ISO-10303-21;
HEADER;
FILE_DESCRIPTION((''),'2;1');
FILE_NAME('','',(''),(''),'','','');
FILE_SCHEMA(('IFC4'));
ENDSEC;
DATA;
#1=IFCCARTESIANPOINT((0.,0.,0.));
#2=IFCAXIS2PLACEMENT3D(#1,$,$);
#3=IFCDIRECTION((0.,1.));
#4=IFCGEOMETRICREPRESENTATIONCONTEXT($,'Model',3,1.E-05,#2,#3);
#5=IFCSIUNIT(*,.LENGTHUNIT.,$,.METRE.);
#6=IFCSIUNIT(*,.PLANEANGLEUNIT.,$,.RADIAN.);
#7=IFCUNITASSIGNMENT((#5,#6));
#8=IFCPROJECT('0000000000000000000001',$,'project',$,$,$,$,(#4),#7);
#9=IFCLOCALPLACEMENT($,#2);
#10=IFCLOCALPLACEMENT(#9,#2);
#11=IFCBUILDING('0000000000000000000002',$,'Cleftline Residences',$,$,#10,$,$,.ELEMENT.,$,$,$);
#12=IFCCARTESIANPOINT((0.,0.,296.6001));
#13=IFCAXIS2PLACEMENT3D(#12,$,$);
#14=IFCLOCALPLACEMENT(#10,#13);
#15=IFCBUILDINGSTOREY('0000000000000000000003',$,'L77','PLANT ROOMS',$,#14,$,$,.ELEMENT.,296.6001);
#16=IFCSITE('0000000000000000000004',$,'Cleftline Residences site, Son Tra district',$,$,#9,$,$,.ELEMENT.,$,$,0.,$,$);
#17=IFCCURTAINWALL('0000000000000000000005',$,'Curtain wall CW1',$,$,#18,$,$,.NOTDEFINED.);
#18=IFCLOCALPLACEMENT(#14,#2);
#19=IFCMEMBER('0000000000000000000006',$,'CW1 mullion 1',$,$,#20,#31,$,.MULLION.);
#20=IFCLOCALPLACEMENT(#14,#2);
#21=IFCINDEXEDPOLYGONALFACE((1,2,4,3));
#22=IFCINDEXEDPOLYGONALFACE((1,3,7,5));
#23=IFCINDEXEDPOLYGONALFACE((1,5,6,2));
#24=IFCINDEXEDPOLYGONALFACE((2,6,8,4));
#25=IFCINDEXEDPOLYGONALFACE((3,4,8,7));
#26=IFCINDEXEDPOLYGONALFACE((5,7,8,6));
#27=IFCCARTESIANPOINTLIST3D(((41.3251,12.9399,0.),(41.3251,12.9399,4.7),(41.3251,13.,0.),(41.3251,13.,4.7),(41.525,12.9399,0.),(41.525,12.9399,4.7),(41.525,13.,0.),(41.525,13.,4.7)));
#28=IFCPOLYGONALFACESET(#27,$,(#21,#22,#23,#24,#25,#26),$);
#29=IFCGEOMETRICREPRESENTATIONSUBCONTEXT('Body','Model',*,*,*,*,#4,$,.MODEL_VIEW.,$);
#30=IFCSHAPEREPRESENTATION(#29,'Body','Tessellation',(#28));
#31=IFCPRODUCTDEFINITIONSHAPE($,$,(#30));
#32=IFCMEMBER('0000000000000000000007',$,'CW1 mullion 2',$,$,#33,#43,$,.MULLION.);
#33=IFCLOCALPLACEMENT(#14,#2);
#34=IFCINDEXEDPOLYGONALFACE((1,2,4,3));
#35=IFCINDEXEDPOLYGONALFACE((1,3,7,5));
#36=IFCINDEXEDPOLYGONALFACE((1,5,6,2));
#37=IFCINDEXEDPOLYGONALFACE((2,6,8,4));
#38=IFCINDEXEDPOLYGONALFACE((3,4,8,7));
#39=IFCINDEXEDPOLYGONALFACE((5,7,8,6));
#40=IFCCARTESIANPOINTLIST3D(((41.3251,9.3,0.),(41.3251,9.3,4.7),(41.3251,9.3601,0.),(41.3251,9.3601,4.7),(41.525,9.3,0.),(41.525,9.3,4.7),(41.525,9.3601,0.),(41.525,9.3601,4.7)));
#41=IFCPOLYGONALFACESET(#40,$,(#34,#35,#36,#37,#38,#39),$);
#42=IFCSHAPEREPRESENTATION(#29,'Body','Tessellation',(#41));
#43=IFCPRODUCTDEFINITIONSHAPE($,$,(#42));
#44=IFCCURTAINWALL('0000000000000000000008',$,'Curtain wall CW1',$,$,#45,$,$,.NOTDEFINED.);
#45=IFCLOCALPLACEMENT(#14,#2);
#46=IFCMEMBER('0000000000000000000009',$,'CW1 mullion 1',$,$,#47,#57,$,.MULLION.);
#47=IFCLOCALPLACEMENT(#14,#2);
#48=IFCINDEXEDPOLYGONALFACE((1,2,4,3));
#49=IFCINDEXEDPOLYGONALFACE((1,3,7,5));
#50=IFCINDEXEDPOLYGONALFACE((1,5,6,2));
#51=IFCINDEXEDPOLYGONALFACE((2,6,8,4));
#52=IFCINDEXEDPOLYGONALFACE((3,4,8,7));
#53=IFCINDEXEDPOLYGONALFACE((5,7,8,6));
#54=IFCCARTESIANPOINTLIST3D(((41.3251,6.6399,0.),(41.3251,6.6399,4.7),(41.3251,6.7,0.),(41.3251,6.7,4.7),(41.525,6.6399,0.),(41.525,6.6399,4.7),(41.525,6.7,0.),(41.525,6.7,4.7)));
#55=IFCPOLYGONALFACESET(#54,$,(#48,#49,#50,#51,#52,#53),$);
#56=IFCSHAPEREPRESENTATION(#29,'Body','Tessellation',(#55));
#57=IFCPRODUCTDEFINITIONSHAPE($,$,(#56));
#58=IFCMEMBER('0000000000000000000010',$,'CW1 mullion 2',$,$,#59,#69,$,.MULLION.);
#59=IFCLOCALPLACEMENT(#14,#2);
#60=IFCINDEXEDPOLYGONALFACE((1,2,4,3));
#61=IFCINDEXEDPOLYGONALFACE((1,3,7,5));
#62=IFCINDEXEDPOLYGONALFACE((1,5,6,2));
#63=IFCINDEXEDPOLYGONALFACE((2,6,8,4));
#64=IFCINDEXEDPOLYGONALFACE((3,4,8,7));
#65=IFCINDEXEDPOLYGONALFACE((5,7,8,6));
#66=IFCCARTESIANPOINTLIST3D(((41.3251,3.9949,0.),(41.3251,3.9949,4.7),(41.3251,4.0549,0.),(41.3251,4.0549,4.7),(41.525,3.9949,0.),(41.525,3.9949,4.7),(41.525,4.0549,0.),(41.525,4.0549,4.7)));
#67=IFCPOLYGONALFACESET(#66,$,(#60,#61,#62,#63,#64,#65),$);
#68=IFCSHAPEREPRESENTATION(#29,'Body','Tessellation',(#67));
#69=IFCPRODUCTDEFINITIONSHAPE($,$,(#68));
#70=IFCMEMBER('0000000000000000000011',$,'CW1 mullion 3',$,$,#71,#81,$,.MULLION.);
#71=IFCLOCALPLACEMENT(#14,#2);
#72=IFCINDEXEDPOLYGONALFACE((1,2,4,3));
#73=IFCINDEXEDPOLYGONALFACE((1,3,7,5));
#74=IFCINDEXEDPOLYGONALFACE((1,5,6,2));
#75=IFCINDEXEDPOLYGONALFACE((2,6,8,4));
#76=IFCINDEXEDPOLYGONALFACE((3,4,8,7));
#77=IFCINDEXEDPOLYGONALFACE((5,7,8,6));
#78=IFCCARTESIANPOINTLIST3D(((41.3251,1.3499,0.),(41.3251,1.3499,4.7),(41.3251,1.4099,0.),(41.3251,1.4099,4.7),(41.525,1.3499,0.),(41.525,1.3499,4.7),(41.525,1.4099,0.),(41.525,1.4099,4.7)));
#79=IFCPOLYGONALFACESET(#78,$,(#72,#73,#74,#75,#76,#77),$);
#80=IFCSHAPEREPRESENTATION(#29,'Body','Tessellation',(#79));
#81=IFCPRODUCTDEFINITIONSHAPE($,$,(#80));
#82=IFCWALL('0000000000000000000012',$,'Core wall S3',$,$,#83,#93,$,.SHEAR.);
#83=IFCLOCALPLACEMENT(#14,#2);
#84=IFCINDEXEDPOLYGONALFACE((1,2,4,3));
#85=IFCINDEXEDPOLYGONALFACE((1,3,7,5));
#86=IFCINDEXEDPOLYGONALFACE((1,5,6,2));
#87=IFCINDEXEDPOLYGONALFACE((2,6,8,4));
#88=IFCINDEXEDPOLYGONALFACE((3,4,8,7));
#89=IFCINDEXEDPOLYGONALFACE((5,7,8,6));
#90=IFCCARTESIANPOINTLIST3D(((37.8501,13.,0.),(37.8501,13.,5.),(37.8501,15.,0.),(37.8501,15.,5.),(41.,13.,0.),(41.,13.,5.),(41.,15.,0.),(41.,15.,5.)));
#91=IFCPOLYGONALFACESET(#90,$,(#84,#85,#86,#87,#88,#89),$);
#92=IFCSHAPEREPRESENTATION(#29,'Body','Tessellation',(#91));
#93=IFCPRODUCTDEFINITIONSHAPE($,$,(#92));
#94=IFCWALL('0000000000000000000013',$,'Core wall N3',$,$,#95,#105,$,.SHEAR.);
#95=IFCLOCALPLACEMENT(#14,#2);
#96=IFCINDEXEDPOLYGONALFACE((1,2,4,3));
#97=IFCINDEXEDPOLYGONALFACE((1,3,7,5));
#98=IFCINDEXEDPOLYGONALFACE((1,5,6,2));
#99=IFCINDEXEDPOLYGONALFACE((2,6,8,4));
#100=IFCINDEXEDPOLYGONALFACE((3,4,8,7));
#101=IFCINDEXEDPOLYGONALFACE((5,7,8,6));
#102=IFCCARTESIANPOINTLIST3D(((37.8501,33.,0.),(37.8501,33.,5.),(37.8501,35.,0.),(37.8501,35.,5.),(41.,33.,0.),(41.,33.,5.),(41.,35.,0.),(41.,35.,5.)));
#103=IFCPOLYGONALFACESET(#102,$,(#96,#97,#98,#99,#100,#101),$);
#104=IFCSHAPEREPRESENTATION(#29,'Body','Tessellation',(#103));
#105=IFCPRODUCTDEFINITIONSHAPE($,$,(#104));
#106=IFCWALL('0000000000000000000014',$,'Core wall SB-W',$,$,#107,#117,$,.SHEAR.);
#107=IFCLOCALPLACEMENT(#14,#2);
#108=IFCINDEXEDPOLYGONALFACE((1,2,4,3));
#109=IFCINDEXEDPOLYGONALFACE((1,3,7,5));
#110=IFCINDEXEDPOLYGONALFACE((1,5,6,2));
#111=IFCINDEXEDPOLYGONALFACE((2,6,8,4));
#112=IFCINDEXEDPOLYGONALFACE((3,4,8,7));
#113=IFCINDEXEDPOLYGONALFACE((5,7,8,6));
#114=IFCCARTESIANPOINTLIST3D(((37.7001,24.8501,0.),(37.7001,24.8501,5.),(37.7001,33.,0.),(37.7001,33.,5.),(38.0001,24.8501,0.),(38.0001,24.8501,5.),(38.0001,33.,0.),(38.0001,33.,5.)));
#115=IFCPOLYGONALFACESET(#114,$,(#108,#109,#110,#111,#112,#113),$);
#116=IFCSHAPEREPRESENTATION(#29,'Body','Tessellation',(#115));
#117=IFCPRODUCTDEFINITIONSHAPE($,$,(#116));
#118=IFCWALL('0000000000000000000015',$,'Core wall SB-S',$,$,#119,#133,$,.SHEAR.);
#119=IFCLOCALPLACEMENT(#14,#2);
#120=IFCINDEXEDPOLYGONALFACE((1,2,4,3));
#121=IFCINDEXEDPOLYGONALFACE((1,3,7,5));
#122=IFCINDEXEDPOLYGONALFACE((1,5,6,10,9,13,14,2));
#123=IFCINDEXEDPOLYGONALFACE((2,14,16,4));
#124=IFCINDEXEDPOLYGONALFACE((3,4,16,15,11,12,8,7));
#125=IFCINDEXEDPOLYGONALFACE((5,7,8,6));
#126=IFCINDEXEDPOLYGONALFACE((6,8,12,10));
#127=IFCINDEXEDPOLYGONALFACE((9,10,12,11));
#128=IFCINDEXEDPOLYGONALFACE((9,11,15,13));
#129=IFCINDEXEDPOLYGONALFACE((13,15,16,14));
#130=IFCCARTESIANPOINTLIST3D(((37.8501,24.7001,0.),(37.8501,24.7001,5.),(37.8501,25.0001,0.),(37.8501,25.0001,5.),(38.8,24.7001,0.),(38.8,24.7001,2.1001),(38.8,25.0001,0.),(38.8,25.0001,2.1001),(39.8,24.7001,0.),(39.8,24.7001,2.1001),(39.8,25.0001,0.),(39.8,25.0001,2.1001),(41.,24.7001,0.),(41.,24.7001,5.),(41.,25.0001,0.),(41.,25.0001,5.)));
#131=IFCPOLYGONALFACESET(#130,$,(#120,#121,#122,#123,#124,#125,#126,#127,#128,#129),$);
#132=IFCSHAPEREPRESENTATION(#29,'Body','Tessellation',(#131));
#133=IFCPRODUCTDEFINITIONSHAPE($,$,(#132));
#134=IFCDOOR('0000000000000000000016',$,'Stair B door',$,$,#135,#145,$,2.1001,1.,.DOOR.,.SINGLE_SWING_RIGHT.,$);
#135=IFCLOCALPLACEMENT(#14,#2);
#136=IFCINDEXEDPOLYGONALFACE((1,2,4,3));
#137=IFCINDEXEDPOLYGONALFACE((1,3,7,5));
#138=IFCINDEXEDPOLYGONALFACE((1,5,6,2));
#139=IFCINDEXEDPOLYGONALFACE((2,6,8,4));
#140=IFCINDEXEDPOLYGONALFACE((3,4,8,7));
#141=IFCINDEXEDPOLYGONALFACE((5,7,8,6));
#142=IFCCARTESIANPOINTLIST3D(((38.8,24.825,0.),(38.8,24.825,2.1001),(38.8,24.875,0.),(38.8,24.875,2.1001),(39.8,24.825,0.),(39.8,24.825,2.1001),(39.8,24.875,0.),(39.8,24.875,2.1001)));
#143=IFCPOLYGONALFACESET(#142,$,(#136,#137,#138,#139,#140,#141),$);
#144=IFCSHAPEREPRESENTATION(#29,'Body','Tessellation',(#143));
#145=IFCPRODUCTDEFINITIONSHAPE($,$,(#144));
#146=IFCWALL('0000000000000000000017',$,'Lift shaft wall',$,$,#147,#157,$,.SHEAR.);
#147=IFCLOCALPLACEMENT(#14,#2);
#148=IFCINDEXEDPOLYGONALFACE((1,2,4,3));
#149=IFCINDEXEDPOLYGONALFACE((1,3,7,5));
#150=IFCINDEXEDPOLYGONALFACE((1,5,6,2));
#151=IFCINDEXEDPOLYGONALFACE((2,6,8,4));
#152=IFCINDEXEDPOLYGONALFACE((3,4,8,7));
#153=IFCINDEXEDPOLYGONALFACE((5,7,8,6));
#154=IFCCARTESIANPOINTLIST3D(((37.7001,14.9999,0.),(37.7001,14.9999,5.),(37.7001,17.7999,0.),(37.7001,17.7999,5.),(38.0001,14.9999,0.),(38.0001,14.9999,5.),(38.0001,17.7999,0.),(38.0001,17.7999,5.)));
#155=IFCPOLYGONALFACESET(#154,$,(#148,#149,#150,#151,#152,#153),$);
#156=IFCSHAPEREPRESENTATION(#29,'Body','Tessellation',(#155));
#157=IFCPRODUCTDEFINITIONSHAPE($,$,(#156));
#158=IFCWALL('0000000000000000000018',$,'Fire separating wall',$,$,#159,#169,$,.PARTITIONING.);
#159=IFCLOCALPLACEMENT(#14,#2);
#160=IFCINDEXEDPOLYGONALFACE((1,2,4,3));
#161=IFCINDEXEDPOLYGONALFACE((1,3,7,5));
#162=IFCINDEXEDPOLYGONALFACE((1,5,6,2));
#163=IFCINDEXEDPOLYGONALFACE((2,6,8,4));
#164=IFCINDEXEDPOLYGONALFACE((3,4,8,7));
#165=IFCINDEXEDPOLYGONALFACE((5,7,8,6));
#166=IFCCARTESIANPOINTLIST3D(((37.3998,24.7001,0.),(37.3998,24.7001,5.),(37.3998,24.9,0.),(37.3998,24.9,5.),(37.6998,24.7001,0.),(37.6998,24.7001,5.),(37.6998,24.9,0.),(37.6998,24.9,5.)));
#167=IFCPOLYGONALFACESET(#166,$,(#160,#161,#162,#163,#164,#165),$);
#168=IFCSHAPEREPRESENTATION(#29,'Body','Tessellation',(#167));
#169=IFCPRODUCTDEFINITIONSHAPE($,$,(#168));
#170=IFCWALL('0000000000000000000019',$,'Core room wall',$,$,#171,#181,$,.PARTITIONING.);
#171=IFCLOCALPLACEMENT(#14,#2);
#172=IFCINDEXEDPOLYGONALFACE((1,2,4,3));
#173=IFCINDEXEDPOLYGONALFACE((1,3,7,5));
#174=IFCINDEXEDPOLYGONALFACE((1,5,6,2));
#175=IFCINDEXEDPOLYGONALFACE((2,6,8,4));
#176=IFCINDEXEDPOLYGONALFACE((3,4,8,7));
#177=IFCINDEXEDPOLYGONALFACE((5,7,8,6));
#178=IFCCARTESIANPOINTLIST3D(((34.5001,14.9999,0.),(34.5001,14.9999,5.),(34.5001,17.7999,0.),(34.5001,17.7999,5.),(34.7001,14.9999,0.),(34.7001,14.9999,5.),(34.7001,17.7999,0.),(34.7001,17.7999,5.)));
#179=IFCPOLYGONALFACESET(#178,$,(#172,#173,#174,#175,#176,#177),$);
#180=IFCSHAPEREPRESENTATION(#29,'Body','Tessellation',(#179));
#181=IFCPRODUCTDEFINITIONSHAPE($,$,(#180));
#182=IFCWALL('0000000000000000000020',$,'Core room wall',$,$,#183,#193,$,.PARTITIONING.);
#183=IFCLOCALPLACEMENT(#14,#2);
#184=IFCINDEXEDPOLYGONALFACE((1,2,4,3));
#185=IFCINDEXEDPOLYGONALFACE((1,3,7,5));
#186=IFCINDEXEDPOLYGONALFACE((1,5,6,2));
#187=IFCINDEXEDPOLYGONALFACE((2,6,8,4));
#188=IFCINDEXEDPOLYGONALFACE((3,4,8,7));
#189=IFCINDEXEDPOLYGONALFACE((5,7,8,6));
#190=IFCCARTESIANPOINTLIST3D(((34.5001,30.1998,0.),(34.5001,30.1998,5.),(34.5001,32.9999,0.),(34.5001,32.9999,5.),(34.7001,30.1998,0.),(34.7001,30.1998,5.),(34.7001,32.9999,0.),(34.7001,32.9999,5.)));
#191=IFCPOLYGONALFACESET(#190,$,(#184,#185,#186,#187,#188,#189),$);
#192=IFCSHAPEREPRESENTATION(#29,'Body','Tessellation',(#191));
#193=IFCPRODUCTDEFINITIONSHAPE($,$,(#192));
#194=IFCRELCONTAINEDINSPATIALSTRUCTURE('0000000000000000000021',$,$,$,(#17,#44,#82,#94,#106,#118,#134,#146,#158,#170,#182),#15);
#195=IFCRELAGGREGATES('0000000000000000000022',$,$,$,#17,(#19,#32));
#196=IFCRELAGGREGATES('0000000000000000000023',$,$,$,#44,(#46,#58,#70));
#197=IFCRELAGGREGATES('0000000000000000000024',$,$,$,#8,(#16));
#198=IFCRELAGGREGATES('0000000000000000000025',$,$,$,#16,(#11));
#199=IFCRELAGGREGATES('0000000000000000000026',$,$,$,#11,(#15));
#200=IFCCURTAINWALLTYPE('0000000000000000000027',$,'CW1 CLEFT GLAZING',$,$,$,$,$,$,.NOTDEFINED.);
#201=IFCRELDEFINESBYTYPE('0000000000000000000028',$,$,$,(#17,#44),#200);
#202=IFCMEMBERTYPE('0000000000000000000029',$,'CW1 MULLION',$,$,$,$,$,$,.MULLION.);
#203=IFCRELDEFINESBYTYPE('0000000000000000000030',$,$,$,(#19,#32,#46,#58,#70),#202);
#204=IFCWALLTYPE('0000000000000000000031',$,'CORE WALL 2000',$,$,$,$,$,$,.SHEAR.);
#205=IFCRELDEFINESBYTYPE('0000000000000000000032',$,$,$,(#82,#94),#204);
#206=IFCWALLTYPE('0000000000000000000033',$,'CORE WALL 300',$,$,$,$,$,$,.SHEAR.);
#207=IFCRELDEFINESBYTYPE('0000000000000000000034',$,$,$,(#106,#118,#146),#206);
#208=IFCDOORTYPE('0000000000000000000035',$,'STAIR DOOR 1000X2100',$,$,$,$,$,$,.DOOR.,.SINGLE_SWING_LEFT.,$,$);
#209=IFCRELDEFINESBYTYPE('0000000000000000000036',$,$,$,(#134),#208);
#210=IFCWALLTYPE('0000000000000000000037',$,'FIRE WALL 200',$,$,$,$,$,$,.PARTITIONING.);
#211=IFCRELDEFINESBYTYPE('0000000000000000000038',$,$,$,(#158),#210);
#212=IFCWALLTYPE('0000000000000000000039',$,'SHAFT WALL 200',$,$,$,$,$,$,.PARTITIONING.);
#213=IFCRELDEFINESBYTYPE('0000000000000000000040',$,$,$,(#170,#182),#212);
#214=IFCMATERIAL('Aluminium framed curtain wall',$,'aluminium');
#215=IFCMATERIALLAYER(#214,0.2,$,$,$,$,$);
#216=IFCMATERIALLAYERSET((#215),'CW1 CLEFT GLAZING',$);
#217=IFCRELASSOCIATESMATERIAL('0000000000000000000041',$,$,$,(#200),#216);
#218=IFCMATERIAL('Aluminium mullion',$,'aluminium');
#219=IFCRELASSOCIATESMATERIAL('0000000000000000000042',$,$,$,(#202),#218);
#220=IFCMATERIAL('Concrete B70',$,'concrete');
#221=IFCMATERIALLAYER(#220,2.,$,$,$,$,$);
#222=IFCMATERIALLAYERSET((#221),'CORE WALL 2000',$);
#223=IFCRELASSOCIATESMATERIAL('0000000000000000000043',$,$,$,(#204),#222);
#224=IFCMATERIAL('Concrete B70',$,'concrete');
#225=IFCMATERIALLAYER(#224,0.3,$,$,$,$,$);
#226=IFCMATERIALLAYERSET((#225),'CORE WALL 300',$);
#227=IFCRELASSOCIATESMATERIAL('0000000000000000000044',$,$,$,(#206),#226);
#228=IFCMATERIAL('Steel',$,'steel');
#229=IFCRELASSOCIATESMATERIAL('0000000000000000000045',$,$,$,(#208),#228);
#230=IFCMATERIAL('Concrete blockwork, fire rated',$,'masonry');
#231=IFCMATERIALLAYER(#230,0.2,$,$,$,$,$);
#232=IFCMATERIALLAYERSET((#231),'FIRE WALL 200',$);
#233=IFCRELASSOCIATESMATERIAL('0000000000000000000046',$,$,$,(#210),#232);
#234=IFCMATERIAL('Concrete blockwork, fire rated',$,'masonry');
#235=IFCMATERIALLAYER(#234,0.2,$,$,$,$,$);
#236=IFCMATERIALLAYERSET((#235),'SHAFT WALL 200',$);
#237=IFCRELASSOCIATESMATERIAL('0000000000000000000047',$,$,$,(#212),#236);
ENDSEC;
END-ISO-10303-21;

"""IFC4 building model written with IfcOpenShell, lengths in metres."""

from ifc_helpers import new_model, si_unit, direction, frame, frame_2d, origin, origin_2d, place, context, subcontext, project, spatial, rectangle, extrude, material, layer, layer_set, material_profile, profile_set, type_object, element, fill, aggregate, save


model = new_model("IFC4")

# Units and contexts
model_context = context("Model", 3, precision=1e-05, world=origin(), true_north=direction((0.0, 1.0)))
body_context = subcontext(model_context, "Body", "Model", "MODEL_VIEW")
ifc_project = project(units=[si_unit("LENGTHUNIT", "METRE"), si_unit("PLANEANGLEUNIT", "RADIAN")], contexts=[model_context])

# Site, building, storey
site_placement = place(None, origin())
site = spatial("IfcSite", under=ifc_project, at=site_placement, Name="Cleftline Residences site, Son Tra district", CompositionType="ELEMENT", RefElevation=0.0)
building_placement = place(site_placement, origin())
building = spatial("IfcBuilding", under=site, at=building_placement, Name="Cleftline Residences", CompositionType="ELEMENT")
storey_placement = place(building_placement, frame((0.0, 0.0, 296.6001)))
storey = spatial("IfcBuildingStorey", under=building, at=storey_placement, Name="L77", Description="PLANT ROOMS", CompositionType="ELEMENT", Elevation=296.6001)

# Curtain walls, members
ifc_material_1 = material(Name="Aluminium framed curtain wall", Category="aluminium")
ifc_layer_1 = layer(ifc_material_1, 0.2)
ifc_layer_set_1 = layer_set([ifc_layer_1], Name="CW1 CLEFT GLAZING")
curtain_wall_type = type_object("IfcCurtainWallType", Name="CW1 CLEFT GLAZING", PredefinedType="NOTDEFINED", material=ifc_layer_set_1)
curtain_wall_1_placement = place(storey_placement, origin())
curtain_wall_1 = element("IfcCurtainWall", 1, at=curtain_wall_1_placement, inside=storey, type_object=curtain_wall_type, Name="Curtain wall CW1", PredefinedType="NOTDEFINED")
ifc_material_2 = material(Name="Aluminium mullion", Category="aluminium")
ifc_material_profile = material_profile(ifc_material_2, rectangle(XDim=0.2, YDim=0.0601, at=origin_2d()))
ifc_profile_set = profile_set([ifc_material_profile], Name="Aluminium mullion")
member_type = type_object("IfcMemberType", Name="CW1 MULLION", PredefinedType="MULLION", material=ifc_profile_set)
member_1_placement = place(storey_placement, frame((41.425, 12.97, 0.0), z_axis=(0.0, 0.0, 1.0), x_axis=(1.0, 0.0, 0.0)))
member_1 = element("IfcMember", 2, at=member_1_placement, type_object=member_type, Name="CW1 mullion 1", PredefinedType="MULLION", context=body_context, shape_type="SweptSolid", body=[
    extrude(rectangle(XDim=0.2, YDim=0.0601, at=origin_2d()), origin(), (0.0, 0.0, 1.0), 4.7),
])
member_2_placement = place(storey_placement, frame((41.425, 9.3301, 0.0), z_axis=(0.0, 0.0, 1.0), x_axis=(1.0, 0.0, 0.0)))
member_2 = element("IfcMember", 3, at=member_2_placement, type_object=member_type, Name="CW1 mullion 2", PredefinedType="MULLION", context=body_context, shape_type="SweptSolid", body=[
    extrude(rectangle(XDim=0.2, YDim=0.0601, at=origin_2d()), origin(), (0.0, 0.0, 1.0), 4.7),
])
aggregate(curtain_wall_1, [member_1, member_2])
curtain_wall_2_placement = place(storey_placement, origin())
curtain_wall_2 = element("IfcCurtainWall", 4, at=curtain_wall_2_placement, inside=storey, type_object=curtain_wall_type, Name="Curtain wall CW1", PredefinedType="NOTDEFINED")
member_3_placement = place(storey_placement, frame((41.425, 6.6699, 0.0), z_axis=(0.0, 0.0, 1.0), x_axis=(1.0, 0.0, 0.0)))
member_3 = element("IfcMember", 5, at=member_3_placement, type_object=member_type, Name="CW1 mullion 1", PredefinedType="MULLION", context=body_context, shape_type="SweptSolid", body=[
    extrude(rectangle(XDim=0.2, YDim=0.0601, at=origin_2d()), origin(), (0.0, 0.0, 1.0), 4.7),
])
member_4_placement = place(storey_placement, frame((41.425, 4.0249, 0.0), z_axis=(0.0, 0.0, 1.0), x_axis=(1.0, 0.0, 0.0)))
member_4 = element("IfcMember", 6, at=member_4_placement, type_object=member_type, Name="CW1 mullion 2", PredefinedType="MULLION", context=body_context, shape_type="SweptSolid", body=[
    extrude(rectangle(XDim=0.2, YDim=0.0601, at=origin_2d()), origin(), (0.0, 0.0, 1.0), 4.7),
])
member_5_placement = place(storey_placement, frame((41.425, 1.3799, 0.0), z_axis=(0.0, 0.0, 1.0), x_axis=(1.0, 0.0, 0.0)))
member_5 = element("IfcMember", 7, at=member_5_placement, type_object=member_type, Name="CW1 mullion 3", PredefinedType="MULLION", context=body_context, shape_type="SweptSolid", body=[
    extrude(rectangle(XDim=0.2, YDim=0.0601, at=origin_2d()), origin(), (0.0, 0.0, 1.0), 4.7),
])
aggregate(curtain_wall_2, [member_3, member_4, member_5])

# Walls
ifc_material_3 = material(Name="Concrete B70", Category="concrete")
ifc_layer_2 = layer(ifc_material_3, 2.0)
ifc_layer_set_2 = layer_set([ifc_layer_2], Name="CORE WALL 2000")
wall_type_1 = type_object("IfcWallType", Name="CORE WALL 2000", PredefinedType="SHEAR", material=ifc_layer_set_2)
for number, where, z_axis, x_axis, name in (
    (8, (37.8501, 14.0, 0.0), (0.0, 0.0, 1.0), (1.0, 0.0, 0.0), "Core wall S3"),
    (9, (37.8501, 34.0, 0.0), (0.0, 0.0, 1.0), (1.0, 0.0, 0.0), "Core wall N3"),
):
    element("IfcWall", number, at=place(storey_placement, frame(where, z_axis=z_axis, x_axis=x_axis)), inside=storey, type_object=wall_type_1, Name=name, PredefinedType="SHEAR", context=body_context, shape_type="SweptSolid", body=[
        extrude(rectangle(XDim=3.1499, YDim=2.0, at=frame_2d((1.575, 0.0))), origin(), (0.0, 0.0, 1.0), 5.0),
    ])
ifc_material_4 = material(Name="Concrete B70", Category="concrete")
ifc_layer_3 = layer(ifc_material_4, 0.3)
ifc_layer_set_3 = layer_set([ifc_layer_3], Name="CORE WALL 300")
wall_type_2 = type_object("IfcWallType", Name="CORE WALL 300", PredefinedType="SHEAR", material=ifc_layer_set_3)
wall_1_placement = place(storey_placement, frame((37.8501, 24.8501, 0.0), z_axis=(0.0, 0.0, 1.0), x_axis=(0.0, 1.0, 0.0)))
element("IfcWall", 10, at=wall_1_placement, inside=storey, type_object=wall_type_2, Name="Core wall SB-W", PredefinedType="SHEAR", context=body_context, shape_type="SweptSolid", body=[
    extrude(rectangle(XDim=8.1499, YDim=0.3, at=frame_2d((4.075, 0.0))), origin(), (0.0, 0.0, 1.0), 5.0),
])

# Wall, opening, door
wall_2_placement = place(storey_placement, frame((37.8501, 24.8501, 0.0), z_axis=(0.0, 0.0, 1.0), x_axis=(1.0, 0.0, 0.0)))
wall_2 = element("IfcWall", 11, at=wall_2_placement, inside=storey, type_object=wall_type_2, Name="Core wall SB-S", PredefinedType="SHEAR", context=body_context, shape_type="SweptSolid", body=[
    extrude(rectangle(XDim=3.1499, YDim=0.3, at=frame_2d((1.575, 0.0))), origin(), (0.0, 0.0, 1.0), 5.0),
])
opening_1_placement = place(wall_2_placement, frame((0.95, 0.0, 0.0)))
opening_1 = element("IfcOpeningElement", 12, at=opening_1_placement, cuts=wall_2, PredefinedType="OPENING", context=body_context, shape_type="SweptSolid", body=[
    extrude(rectangle(XDim=1.0, YDim=2.1001, at=frame_2d((0.5, 1.05))), frame((0.0, 0.1599, 0.0), z_axis=(0.0, -1.0, 0.0), x_axis=(1.0, 0.0, 0.0)), (0.0, 0.0, 1.0), 0.3201),
])
ifc_material_5 = material(Name="Steel", Category="steel")
door_type_1 = type_object("IfcDoorType", Name="STAIR DOOR 1000X2100", OperationType="SINGLE_SWING_LEFT", PredefinedType="DOOR", material=ifc_material_5)
door_1_placement = place(opening_1_placement, origin())
door_1 = element("IfcDoor", 13, at=door_1_placement, inside=storey, type_object=door_type_1, Name="Stair B door", OperationType="SINGLE_SWING_RIGHT", OverallHeight=2.1001, OverallWidth=1.0, PredefinedType="DOOR", context=body_context, shape_type="SweptSolid", body=[
    extrude(rectangle(XDim=1.0, YDim=2.1001, at=frame_2d((0.5, 1.05))), frame((0.0, 0.0249, 0.0), z_axis=(0.0, -1.0, 0.0), x_axis=(1.0, 0.0, 0.0)), (0.0, 0.0, 1.0), 0.05),
])
fill(opening_1, door_1)

# Walls
wall_3_placement = place(storey_placement, frame((37.8501, 15.0, 0.0), z_axis=(0.0, 0.0, 1.0), x_axis=(0.0, 1.0, 0.0)))
element("IfcWall", 14, at=wall_3_placement, inside=storey, type_object=wall_type_2, Name="Lift shaft wall", PredefinedType="SHEAR", context=body_context, shape_type="SweptSolid", body=[
    extrude(rectangle(XDim=2.8, YDim=0.3, at=frame_2d((1.3999, 0.0))), origin(), (0.0, 0.0, 1.0), 5.0),
])
ifc_material_6 = material(Name="Concrete blockwork, fire rated", Category="masonry")
ifc_layer_4 = layer(ifc_material_6, 0.2)
ifc_layer_set_4 = layer_set([ifc_layer_4], Name="FIRE WALL 200")
wall_type_3 = type_object("IfcWallType", Name="FIRE WALL 200", PredefinedType="PARTITIONING", material=ifc_layer_set_4)
wall_4_placement = place(storey_placement, frame((37.3999, 24.8, 0.0), z_axis=(0.0, 0.0, 1.0), x_axis=(1.0, 0.0, 0.0)))
element("IfcWall", 15, at=wall_4_placement, inside=storey, type_object=wall_type_3, Name="Fire separating wall", PredefinedType="PARTITIONING", context=body_context, shape_type="SweptSolid", body=[
    extrude(rectangle(XDim=0.3, YDim=0.2, at=frame_2d((0.1499, 0.0))), origin(), (0.0, 0.0, 1.0), 5.0),
])
ifc_material_7 = material(Name="Concrete blockwork, fire rated", Category="masonry")
ifc_layer_5 = layer(ifc_material_7, 0.2)
ifc_layer_set_5 = layer_set([ifc_layer_5], Name="SHAFT WALL 200")
wall_type_4 = type_object("IfcWallType", Name="SHAFT WALL 200", PredefinedType="PARTITIONING", material=ifc_layer_set_5)
for number, where, z_axis, x_axis, name in (
    (16, (34.6001, 15.0, 0.0), (0.0, 0.0, 1.0), (0.0, 1.0, 0.0), "Core room wall"),
    (17, (34.6001, 30.2, 0.0), (0.0, 0.0, 1.0), (0.0, 1.0, 0.0), "Core room wall"),
):
    element("IfcWall", number, at=place(storey_placement, frame(where, z_axis=z_axis, x_axis=x_axis)), inside=storey, type_object=wall_type_4, Name=name, PredefinedType="PARTITIONING", context=body_context, shape_type="SweptSolid", body=[
        extrude(rectangle(XDim=2.8, YDim=0.2, at=frame_2d((1.3999, 0.0))), origin(), (0.0, 0.0, 1.0), 5.0),
    ])

save(model, "model.ifc")
